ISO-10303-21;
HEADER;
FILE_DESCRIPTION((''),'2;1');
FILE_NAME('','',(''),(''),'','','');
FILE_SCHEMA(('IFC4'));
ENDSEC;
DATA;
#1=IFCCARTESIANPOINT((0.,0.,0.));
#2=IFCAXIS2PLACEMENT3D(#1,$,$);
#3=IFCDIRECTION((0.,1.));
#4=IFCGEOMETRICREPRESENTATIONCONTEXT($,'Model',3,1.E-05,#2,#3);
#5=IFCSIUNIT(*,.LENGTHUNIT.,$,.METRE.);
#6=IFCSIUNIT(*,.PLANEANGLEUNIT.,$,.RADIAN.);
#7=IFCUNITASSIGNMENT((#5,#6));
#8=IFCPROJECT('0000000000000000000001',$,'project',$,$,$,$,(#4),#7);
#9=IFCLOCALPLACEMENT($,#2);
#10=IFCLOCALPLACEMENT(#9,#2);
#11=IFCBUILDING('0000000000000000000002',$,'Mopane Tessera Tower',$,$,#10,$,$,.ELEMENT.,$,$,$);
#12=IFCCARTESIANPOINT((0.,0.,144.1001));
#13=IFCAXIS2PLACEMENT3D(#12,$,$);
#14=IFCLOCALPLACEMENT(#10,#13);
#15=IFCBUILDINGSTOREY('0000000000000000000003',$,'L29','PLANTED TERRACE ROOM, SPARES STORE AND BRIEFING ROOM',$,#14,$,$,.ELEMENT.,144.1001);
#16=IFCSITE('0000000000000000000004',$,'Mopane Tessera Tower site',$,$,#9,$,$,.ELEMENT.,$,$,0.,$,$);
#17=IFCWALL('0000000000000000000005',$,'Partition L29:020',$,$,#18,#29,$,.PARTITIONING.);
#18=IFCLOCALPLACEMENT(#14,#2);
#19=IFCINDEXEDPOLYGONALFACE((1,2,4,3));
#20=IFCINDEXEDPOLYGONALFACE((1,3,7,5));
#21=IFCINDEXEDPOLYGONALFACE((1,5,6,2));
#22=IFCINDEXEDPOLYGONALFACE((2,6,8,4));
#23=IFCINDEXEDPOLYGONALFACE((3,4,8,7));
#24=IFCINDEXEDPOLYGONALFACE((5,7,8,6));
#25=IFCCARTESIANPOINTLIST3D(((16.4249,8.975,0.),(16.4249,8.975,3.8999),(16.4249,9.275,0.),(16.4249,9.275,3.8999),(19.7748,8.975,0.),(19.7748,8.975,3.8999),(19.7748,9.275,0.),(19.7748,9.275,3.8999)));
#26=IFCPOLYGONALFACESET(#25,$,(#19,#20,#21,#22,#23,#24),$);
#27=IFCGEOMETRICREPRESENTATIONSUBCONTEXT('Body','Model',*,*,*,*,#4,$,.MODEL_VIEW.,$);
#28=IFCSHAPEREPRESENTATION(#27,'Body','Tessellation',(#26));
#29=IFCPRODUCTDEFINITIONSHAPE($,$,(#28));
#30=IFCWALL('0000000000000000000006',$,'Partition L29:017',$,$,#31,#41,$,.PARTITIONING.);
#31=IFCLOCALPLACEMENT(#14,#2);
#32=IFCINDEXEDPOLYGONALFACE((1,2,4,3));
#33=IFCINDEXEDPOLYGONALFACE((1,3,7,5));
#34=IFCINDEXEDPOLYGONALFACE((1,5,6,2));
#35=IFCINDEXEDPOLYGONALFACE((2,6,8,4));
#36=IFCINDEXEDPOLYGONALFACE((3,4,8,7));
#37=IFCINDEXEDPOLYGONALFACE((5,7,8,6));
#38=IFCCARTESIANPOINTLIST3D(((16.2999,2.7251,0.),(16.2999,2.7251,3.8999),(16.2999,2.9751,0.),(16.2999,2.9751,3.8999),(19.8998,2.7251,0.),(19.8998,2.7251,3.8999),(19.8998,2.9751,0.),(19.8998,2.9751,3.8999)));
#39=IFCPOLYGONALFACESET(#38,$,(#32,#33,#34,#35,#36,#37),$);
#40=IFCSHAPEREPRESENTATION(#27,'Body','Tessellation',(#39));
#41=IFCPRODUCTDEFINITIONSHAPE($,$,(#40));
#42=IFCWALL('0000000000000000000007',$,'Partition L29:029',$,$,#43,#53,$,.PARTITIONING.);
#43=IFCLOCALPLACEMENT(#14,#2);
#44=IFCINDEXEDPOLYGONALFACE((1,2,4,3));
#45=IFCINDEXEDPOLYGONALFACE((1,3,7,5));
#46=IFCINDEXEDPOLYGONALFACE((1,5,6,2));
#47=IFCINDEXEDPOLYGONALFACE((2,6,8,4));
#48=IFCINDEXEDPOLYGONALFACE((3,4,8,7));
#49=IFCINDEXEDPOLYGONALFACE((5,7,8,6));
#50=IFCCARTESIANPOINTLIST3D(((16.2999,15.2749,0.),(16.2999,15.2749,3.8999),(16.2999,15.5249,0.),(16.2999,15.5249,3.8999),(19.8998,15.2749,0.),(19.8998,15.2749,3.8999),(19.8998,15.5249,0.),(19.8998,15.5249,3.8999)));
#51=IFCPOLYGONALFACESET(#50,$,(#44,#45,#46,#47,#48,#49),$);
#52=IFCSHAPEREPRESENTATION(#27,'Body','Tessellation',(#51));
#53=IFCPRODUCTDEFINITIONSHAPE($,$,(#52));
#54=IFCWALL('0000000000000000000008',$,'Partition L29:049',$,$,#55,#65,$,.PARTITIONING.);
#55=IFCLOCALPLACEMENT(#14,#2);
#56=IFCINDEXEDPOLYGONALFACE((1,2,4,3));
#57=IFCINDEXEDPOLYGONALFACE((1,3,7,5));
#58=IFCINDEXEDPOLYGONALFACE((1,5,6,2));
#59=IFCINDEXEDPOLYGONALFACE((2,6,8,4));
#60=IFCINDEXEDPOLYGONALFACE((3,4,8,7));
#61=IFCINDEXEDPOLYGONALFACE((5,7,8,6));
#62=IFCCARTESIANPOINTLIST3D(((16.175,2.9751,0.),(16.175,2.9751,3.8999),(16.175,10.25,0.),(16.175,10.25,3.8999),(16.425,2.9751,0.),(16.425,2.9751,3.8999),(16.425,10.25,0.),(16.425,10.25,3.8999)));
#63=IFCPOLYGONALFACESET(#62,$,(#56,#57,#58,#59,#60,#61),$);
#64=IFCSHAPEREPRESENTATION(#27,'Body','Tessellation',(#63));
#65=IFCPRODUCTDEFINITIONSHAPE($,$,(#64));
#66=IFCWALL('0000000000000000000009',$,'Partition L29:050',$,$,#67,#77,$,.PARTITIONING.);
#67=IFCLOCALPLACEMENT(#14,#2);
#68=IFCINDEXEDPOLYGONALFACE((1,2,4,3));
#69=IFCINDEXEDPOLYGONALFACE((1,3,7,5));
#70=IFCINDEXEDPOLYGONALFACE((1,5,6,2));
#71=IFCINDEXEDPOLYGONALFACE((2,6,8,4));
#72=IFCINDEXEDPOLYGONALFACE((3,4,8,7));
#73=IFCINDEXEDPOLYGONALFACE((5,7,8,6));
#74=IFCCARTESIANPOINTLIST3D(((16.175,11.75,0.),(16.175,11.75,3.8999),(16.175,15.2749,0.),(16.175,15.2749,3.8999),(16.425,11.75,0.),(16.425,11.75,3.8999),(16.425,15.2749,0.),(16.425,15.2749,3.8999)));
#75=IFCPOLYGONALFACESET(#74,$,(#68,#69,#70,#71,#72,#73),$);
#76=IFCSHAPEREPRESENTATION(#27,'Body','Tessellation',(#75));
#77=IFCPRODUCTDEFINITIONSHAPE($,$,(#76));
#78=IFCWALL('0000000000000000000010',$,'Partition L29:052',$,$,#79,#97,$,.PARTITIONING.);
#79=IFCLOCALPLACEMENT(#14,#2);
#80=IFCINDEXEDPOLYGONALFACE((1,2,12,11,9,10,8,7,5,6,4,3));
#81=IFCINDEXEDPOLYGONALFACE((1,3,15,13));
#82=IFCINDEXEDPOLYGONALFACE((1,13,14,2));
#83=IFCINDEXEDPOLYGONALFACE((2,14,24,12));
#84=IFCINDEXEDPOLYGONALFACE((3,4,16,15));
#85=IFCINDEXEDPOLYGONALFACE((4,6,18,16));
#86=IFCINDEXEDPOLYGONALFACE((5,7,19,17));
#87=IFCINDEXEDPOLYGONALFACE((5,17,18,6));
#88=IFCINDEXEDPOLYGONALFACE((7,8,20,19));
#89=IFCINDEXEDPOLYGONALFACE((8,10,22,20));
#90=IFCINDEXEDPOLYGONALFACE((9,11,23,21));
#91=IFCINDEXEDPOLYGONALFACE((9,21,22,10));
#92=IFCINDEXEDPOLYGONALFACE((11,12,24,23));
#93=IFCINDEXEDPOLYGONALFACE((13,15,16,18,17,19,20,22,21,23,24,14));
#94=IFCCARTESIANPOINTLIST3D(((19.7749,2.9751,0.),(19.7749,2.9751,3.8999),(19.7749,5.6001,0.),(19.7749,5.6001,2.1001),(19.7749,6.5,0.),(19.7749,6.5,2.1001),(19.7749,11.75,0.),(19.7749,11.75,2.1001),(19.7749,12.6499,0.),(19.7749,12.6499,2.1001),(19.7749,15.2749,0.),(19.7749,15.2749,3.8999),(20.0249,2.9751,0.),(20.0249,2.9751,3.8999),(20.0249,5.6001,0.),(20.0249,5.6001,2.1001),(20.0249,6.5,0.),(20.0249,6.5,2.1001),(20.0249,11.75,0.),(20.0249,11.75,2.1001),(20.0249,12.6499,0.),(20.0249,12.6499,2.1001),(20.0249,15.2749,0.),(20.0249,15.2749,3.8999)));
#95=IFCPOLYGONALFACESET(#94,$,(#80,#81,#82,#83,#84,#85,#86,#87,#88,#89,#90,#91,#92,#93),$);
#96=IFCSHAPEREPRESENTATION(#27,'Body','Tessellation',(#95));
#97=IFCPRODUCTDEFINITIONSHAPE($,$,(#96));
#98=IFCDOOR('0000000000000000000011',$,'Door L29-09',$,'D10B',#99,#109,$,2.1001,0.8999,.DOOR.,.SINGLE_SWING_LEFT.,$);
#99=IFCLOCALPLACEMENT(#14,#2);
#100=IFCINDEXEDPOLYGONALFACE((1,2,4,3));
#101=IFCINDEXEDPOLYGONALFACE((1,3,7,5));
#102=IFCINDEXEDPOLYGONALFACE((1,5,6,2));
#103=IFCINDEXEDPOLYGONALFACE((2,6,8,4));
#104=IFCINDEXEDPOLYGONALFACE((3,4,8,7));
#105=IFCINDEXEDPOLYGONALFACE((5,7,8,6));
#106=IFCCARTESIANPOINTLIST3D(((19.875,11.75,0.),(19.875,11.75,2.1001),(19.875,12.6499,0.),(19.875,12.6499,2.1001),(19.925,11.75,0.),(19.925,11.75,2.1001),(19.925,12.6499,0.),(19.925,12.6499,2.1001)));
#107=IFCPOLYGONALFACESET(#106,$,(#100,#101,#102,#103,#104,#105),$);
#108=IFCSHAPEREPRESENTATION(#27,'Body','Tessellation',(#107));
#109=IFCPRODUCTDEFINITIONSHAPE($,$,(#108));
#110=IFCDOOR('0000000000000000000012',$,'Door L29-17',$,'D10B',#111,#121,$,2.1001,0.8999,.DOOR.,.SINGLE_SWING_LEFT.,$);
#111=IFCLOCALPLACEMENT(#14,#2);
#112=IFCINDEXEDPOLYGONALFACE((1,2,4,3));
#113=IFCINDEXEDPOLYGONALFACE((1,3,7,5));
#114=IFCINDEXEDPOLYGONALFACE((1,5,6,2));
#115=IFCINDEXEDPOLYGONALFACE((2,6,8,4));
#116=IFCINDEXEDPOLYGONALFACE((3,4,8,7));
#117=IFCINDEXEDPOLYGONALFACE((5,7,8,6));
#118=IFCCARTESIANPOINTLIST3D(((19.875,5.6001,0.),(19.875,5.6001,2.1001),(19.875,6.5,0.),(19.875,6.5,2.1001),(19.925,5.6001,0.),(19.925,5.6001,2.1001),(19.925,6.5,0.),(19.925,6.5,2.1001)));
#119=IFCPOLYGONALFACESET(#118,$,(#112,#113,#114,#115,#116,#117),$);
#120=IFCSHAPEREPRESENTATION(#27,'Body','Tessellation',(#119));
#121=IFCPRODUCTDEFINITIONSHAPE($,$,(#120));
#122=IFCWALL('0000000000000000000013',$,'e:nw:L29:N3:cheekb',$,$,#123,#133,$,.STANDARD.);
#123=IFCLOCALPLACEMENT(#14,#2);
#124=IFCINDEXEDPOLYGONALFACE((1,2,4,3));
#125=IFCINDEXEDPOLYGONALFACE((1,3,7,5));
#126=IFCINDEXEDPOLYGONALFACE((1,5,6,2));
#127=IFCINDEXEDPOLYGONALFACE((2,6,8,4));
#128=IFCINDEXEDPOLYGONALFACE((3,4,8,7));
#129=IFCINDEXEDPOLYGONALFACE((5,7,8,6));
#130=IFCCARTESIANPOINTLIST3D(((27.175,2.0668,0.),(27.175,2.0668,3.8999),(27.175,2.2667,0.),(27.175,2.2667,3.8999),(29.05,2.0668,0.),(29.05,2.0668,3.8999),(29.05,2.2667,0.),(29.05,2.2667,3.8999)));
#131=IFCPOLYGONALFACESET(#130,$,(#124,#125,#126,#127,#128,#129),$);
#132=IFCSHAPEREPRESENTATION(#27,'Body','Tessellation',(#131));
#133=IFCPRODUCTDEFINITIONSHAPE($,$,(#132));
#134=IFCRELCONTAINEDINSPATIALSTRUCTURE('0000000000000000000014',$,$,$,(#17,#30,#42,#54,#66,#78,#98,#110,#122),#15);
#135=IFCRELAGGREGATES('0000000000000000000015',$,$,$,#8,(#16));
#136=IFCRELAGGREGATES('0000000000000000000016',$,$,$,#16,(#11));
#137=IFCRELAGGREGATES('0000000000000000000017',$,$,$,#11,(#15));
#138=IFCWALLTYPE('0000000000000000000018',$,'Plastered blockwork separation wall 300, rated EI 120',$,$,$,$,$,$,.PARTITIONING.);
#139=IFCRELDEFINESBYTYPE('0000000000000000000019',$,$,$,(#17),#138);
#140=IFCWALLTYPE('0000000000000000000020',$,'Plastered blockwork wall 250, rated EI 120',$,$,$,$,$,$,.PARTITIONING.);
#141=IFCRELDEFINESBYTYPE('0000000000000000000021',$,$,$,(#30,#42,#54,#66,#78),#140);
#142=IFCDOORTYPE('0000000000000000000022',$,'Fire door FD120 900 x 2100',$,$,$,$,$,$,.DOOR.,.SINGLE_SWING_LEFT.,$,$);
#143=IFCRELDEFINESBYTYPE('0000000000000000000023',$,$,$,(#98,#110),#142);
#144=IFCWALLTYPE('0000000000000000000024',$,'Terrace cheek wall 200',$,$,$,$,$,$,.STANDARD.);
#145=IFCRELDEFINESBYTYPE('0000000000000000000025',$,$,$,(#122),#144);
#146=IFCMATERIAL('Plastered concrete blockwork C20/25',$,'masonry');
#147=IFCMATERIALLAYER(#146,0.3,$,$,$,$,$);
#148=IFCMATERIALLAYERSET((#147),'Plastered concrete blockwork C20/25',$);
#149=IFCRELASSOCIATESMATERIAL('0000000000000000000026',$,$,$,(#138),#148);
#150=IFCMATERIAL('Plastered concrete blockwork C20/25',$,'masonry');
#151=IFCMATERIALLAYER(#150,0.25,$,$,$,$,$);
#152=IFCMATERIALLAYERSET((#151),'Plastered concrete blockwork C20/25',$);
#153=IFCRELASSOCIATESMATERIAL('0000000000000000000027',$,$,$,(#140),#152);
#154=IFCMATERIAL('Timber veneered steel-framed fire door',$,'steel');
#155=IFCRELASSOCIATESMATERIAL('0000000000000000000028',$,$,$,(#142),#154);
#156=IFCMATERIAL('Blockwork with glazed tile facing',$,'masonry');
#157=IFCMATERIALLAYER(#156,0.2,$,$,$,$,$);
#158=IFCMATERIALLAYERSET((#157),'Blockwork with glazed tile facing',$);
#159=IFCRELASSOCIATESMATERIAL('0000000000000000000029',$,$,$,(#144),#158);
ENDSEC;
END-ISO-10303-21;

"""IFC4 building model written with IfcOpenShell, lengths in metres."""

from ifc_helpers import new_model, si_unit, direction, frame, frame_2d, origin, place, context, subcontext, project, spatial, rectangle, extrude, material, layer, layer_set, type_object, element, fill, save


model = new_model("IFC4")

# Units and contexts
model_context = context("Model", 3, precision=1e-05, world=origin(), true_north=direction((0.0, 1.0)))
body_context = subcontext(model_context, "Body", "Model", "MODEL_VIEW")
ifc_project = project(units=[si_unit("LENGTHUNIT", "METRE"), si_unit("PLANEANGLEUNIT", "RADIAN")], contexts=[model_context])

# Site, building, storey
site_placement = place(None, origin())
site = spatial("IfcSite", under=ifc_project, at=site_placement, Name="Mopane Tessera Tower site", CompositionType="ELEMENT", RefElevation=0.0)
building_placement = place(site_placement, origin())
building = spatial("IfcBuilding", under=site, at=building_placement, Name="Mopane Tessera Tower", CompositionType="ELEMENT")
storey_placement = place(building_placement, frame((0.0, 0.0, 144.1001)))
storey = spatial("IfcBuildingStorey", under=building, at=storey_placement, Name="L29", Description="PLANTED TERRACE ROOM, SPARES STORE AND BRIEFING ROOM", CompositionType="ELEMENT", Elevation=144.1001)

# Walls
ifc_material_1 = material(Name="Plastered concrete blockwork C20/25", Category="masonry")
ifc_layer_1 = layer(ifc_material_1, 0.3)
ifc_layer_set_1 = layer_set([ifc_layer_1], Name="Plastered concrete blockwork C20/25")
wall_type_1 = type_object("IfcWallType", Name="Plastered blockwork separation wall 300, rated EI 120", PredefinedType="PARTITIONING", material=ifc_layer_set_1)
wall_1_placement = place(storey_placement, frame((16.425, 9.125, 0.0), z_axis=(0.0, 0.0, 1.0), x_axis=(1.0, 0.0, 0.0)))
element("IfcWall", 1, at=wall_1_placement, inside=storey, type_object=wall_type_1, Name="Partition L29:020", PredefinedType="PARTITIONING", context=body_context, shape_type="SweptSolid", body=[
    extrude(rectangle(XDim=3.3499, YDim=0.3, at=frame_2d((1.6748, 0.0))), origin(), (0.0, 0.0, 1.0), 3.8999),
])
ifc_material_2 = material(Name="Plastered concrete blockwork C20/25", Category="masonry")
ifc_layer_2 = layer(ifc_material_2, 0.25)
ifc_layer_set_2 = layer_set([ifc_layer_2], Name="Plastered concrete blockwork C20/25")
wall_type_2 = type_object("IfcWallType", Name="Plastered blockwork wall 250, rated EI 120", PredefinedType="PARTITIONING", material=ifc_layer_set_2)
for number, where, z_axis, x_axis, name in (
    (2, (16.3, 2.8501, 0.0), (0.0, 0.0, 1.0), (1.0, 0.0, 0.0), "Partition L29:017"),
    (3, (16.3, 15.3999, 0.0), (0.0, 0.0, 1.0), (1.0, 0.0, 0.0), "Partition L29:029"),
):
    element("IfcWall", number, at=place(storey_placement, frame(where, z_axis=z_axis, x_axis=x_axis)), inside=storey, type_object=wall_type_2, Name=name, PredefinedType="PARTITIONING", context=body_context, shape_type="SweptSolid", body=[
        extrude(rectangle(XDim=3.5999, YDim=0.25, at=frame_2d((1.7998, 0.0))), origin(), (0.0, 0.0, 1.0), 3.8999),
    ])
wall_2_placement = place(storey_placement, frame((16.3, 2.9751, 0.0), z_axis=(0.0, 0.0, 1.0), x_axis=(0.0, 1.0, 0.0)))
element("IfcWall", 4, at=wall_2_placement, inside=storey, type_object=wall_type_2, Name="Partition L29:049", PredefinedType="PARTITIONING", context=body_context, shape_type="SweptSolid", body=[
    extrude(rectangle(XDim=7.2749, YDim=0.25, at=frame_2d((3.6375, 0.0))), origin(), (0.0, 0.0, 1.0), 3.8999),
])
wall_3_placement = place(storey_placement, frame((16.3, 11.75, 0.0), z_axis=(0.0, 0.0, 1.0), x_axis=(0.0, 1.0, 0.0)))
element("IfcWall", 5, at=wall_3_placement, inside=storey, type_object=wall_type_2, Name="Partition L29:050", PredefinedType="PARTITIONING", context=body_context, shape_type="SweptSolid", body=[
    extrude(rectangle(XDim=3.5249, YDim=0.25, at=frame_2d((1.7625, 0.0))), origin(), (0.0, 0.0, 1.0), 3.8999),
])

# Wall, openings, doors
wall_4_placement = place(storey_placement, frame((19.8999, 2.9751, 0.0), z_axis=(0.0, 0.0, 1.0), x_axis=(0.0, 1.0, 0.0)))
wall_4 = element("IfcWall", 6, at=wall_4_placement, inside=storey, type_object=wall_type_2, Name="Partition L29:052", PredefinedType="PARTITIONING", context=body_context, shape_type="SweptSolid", body=[
    extrude(rectangle(XDim=12.2998, YDim=0.25, at=frame_2d((6.1499, 0.0))), origin(), (0.0, 0.0, 1.0), 3.8999),
])
opening_1_placement = place(wall_4_placement, frame((8.7749, 0.0, 0.0)))
opening_1 = element("IfcOpeningElement", 7, at=opening_1_placement, cuts=wall_4, PredefinedType="OPENING", context=body_context, shape_type="SweptSolid", body=[
    extrude(rectangle(XDim=0.8999, YDim=2.1001, at=frame_2d((0.45, 1.05))), frame((0.0, 0.137, 0.0), z_axis=(0.0, -1.0, 0.0), x_axis=(1.0, 0.0, 0.0)), (0.0, 0.0, 1.0), 0.2739),
])
opening_2_placement = place(wall_4_placement, frame((2.625, 0.0, 0.0)))
opening_2 = element("IfcOpeningElement", 8, at=opening_2_placement, cuts=wall_4, PredefinedType="OPENING", context=body_context, shape_type="SweptSolid", body=[
    extrude(rectangle(XDim=0.8999, YDim=2.1001, at=frame_2d((0.45, 1.05))), frame((0.0, 0.137, 0.0), z_axis=(0.0, -1.0, 0.0), x_axis=(1.0, 0.0, 0.0)), (0.0, 0.0, 1.0), 0.2739),
])
ifc_material_3 = material(Name="Timber veneered steel-framed fire door", Category="steel")
door_type = type_object("IfcDoorType", Name="Fire door FD120 900 x 2100", OperationType="SINGLE_SWING_LEFT", PredefinedType="DOOR", material=ifc_material_3)
door_1_placement = place(opening_1_placement, origin())
door_1 = element("IfcDoor", 9, at=door_1_placement, inside=storey, type_object=door_type, Name="Door L29-09", ObjectType="D10B", OperationType="SINGLE_SWING_LEFT", OverallHeight=2.1001, OverallWidth=0.8999, PredefinedType="DOOR", context=body_context, shape_type="SweptSolid", body=[
    extrude(rectangle(XDim=0.8999, YDim=2.1001, at=frame_2d((0.45, 1.05))), frame((0.0, 0.0249, 0.0), z_axis=(0.0, -1.0, 0.0), x_axis=(1.0, 0.0, 0.0)), (0.0, 0.0, 1.0), 0.05),
])
fill(opening_1, door_1)
door_2_placement = place(opening_2_placement, origin())
door_2 = element("IfcDoor", 10, at=door_2_placement, inside=storey, type_object=door_type, Name="Door L29-17", ObjectType="D10B", OperationType="SINGLE_SWING_LEFT", OverallHeight=2.1001, OverallWidth=0.8999, PredefinedType="DOOR", context=body_context, shape_type="SweptSolid", body=[
    extrude(rectangle(XDim=0.8999, YDim=2.1001, at=frame_2d((0.45, 1.05))), frame((0.0, 0.0249, 0.0), z_axis=(0.0, -1.0, 0.0), x_axis=(1.0, 0.0, 0.0)), (0.0, 0.0, 1.0), 0.05),
])
fill(opening_2, door_2)

# Wall
ifc_material_4 = material(Name="Blockwork with glazed tile facing", Category="masonry")
ifc_layer_3 = layer(ifc_material_4, 0.2)
ifc_layer_set_3 = layer_set([ifc_layer_3], Name="Blockwork with glazed tile facing")
wall_type_3 = type_object("IfcWallType", Name="Terrace cheek wall 200", PredefinedType="STANDARD", material=ifc_layer_set_3)
wall_5_placement = place(storey_placement, frame((29.05, 2.1667, 0.0), z_axis=(0.0, 0.0, 1.0), x_axis=(-1.0, 0.0, 0.0)))
element("IfcWall", 11, at=wall_5_placement, inside=storey, type_object=wall_type_3, Name="e:nw:L29:N3:cheekb", PredefinedType="STANDARD", context=body_context, shape_type="SweptSolid", body=[
    extrude(rectangle(XDim=1.875, YDim=0.2, at=frame_2d((0.9375, 0.0))), origin(), (0.0, 0.0, 1.0), 3.8999),
])

save(model, "model.ifc")
